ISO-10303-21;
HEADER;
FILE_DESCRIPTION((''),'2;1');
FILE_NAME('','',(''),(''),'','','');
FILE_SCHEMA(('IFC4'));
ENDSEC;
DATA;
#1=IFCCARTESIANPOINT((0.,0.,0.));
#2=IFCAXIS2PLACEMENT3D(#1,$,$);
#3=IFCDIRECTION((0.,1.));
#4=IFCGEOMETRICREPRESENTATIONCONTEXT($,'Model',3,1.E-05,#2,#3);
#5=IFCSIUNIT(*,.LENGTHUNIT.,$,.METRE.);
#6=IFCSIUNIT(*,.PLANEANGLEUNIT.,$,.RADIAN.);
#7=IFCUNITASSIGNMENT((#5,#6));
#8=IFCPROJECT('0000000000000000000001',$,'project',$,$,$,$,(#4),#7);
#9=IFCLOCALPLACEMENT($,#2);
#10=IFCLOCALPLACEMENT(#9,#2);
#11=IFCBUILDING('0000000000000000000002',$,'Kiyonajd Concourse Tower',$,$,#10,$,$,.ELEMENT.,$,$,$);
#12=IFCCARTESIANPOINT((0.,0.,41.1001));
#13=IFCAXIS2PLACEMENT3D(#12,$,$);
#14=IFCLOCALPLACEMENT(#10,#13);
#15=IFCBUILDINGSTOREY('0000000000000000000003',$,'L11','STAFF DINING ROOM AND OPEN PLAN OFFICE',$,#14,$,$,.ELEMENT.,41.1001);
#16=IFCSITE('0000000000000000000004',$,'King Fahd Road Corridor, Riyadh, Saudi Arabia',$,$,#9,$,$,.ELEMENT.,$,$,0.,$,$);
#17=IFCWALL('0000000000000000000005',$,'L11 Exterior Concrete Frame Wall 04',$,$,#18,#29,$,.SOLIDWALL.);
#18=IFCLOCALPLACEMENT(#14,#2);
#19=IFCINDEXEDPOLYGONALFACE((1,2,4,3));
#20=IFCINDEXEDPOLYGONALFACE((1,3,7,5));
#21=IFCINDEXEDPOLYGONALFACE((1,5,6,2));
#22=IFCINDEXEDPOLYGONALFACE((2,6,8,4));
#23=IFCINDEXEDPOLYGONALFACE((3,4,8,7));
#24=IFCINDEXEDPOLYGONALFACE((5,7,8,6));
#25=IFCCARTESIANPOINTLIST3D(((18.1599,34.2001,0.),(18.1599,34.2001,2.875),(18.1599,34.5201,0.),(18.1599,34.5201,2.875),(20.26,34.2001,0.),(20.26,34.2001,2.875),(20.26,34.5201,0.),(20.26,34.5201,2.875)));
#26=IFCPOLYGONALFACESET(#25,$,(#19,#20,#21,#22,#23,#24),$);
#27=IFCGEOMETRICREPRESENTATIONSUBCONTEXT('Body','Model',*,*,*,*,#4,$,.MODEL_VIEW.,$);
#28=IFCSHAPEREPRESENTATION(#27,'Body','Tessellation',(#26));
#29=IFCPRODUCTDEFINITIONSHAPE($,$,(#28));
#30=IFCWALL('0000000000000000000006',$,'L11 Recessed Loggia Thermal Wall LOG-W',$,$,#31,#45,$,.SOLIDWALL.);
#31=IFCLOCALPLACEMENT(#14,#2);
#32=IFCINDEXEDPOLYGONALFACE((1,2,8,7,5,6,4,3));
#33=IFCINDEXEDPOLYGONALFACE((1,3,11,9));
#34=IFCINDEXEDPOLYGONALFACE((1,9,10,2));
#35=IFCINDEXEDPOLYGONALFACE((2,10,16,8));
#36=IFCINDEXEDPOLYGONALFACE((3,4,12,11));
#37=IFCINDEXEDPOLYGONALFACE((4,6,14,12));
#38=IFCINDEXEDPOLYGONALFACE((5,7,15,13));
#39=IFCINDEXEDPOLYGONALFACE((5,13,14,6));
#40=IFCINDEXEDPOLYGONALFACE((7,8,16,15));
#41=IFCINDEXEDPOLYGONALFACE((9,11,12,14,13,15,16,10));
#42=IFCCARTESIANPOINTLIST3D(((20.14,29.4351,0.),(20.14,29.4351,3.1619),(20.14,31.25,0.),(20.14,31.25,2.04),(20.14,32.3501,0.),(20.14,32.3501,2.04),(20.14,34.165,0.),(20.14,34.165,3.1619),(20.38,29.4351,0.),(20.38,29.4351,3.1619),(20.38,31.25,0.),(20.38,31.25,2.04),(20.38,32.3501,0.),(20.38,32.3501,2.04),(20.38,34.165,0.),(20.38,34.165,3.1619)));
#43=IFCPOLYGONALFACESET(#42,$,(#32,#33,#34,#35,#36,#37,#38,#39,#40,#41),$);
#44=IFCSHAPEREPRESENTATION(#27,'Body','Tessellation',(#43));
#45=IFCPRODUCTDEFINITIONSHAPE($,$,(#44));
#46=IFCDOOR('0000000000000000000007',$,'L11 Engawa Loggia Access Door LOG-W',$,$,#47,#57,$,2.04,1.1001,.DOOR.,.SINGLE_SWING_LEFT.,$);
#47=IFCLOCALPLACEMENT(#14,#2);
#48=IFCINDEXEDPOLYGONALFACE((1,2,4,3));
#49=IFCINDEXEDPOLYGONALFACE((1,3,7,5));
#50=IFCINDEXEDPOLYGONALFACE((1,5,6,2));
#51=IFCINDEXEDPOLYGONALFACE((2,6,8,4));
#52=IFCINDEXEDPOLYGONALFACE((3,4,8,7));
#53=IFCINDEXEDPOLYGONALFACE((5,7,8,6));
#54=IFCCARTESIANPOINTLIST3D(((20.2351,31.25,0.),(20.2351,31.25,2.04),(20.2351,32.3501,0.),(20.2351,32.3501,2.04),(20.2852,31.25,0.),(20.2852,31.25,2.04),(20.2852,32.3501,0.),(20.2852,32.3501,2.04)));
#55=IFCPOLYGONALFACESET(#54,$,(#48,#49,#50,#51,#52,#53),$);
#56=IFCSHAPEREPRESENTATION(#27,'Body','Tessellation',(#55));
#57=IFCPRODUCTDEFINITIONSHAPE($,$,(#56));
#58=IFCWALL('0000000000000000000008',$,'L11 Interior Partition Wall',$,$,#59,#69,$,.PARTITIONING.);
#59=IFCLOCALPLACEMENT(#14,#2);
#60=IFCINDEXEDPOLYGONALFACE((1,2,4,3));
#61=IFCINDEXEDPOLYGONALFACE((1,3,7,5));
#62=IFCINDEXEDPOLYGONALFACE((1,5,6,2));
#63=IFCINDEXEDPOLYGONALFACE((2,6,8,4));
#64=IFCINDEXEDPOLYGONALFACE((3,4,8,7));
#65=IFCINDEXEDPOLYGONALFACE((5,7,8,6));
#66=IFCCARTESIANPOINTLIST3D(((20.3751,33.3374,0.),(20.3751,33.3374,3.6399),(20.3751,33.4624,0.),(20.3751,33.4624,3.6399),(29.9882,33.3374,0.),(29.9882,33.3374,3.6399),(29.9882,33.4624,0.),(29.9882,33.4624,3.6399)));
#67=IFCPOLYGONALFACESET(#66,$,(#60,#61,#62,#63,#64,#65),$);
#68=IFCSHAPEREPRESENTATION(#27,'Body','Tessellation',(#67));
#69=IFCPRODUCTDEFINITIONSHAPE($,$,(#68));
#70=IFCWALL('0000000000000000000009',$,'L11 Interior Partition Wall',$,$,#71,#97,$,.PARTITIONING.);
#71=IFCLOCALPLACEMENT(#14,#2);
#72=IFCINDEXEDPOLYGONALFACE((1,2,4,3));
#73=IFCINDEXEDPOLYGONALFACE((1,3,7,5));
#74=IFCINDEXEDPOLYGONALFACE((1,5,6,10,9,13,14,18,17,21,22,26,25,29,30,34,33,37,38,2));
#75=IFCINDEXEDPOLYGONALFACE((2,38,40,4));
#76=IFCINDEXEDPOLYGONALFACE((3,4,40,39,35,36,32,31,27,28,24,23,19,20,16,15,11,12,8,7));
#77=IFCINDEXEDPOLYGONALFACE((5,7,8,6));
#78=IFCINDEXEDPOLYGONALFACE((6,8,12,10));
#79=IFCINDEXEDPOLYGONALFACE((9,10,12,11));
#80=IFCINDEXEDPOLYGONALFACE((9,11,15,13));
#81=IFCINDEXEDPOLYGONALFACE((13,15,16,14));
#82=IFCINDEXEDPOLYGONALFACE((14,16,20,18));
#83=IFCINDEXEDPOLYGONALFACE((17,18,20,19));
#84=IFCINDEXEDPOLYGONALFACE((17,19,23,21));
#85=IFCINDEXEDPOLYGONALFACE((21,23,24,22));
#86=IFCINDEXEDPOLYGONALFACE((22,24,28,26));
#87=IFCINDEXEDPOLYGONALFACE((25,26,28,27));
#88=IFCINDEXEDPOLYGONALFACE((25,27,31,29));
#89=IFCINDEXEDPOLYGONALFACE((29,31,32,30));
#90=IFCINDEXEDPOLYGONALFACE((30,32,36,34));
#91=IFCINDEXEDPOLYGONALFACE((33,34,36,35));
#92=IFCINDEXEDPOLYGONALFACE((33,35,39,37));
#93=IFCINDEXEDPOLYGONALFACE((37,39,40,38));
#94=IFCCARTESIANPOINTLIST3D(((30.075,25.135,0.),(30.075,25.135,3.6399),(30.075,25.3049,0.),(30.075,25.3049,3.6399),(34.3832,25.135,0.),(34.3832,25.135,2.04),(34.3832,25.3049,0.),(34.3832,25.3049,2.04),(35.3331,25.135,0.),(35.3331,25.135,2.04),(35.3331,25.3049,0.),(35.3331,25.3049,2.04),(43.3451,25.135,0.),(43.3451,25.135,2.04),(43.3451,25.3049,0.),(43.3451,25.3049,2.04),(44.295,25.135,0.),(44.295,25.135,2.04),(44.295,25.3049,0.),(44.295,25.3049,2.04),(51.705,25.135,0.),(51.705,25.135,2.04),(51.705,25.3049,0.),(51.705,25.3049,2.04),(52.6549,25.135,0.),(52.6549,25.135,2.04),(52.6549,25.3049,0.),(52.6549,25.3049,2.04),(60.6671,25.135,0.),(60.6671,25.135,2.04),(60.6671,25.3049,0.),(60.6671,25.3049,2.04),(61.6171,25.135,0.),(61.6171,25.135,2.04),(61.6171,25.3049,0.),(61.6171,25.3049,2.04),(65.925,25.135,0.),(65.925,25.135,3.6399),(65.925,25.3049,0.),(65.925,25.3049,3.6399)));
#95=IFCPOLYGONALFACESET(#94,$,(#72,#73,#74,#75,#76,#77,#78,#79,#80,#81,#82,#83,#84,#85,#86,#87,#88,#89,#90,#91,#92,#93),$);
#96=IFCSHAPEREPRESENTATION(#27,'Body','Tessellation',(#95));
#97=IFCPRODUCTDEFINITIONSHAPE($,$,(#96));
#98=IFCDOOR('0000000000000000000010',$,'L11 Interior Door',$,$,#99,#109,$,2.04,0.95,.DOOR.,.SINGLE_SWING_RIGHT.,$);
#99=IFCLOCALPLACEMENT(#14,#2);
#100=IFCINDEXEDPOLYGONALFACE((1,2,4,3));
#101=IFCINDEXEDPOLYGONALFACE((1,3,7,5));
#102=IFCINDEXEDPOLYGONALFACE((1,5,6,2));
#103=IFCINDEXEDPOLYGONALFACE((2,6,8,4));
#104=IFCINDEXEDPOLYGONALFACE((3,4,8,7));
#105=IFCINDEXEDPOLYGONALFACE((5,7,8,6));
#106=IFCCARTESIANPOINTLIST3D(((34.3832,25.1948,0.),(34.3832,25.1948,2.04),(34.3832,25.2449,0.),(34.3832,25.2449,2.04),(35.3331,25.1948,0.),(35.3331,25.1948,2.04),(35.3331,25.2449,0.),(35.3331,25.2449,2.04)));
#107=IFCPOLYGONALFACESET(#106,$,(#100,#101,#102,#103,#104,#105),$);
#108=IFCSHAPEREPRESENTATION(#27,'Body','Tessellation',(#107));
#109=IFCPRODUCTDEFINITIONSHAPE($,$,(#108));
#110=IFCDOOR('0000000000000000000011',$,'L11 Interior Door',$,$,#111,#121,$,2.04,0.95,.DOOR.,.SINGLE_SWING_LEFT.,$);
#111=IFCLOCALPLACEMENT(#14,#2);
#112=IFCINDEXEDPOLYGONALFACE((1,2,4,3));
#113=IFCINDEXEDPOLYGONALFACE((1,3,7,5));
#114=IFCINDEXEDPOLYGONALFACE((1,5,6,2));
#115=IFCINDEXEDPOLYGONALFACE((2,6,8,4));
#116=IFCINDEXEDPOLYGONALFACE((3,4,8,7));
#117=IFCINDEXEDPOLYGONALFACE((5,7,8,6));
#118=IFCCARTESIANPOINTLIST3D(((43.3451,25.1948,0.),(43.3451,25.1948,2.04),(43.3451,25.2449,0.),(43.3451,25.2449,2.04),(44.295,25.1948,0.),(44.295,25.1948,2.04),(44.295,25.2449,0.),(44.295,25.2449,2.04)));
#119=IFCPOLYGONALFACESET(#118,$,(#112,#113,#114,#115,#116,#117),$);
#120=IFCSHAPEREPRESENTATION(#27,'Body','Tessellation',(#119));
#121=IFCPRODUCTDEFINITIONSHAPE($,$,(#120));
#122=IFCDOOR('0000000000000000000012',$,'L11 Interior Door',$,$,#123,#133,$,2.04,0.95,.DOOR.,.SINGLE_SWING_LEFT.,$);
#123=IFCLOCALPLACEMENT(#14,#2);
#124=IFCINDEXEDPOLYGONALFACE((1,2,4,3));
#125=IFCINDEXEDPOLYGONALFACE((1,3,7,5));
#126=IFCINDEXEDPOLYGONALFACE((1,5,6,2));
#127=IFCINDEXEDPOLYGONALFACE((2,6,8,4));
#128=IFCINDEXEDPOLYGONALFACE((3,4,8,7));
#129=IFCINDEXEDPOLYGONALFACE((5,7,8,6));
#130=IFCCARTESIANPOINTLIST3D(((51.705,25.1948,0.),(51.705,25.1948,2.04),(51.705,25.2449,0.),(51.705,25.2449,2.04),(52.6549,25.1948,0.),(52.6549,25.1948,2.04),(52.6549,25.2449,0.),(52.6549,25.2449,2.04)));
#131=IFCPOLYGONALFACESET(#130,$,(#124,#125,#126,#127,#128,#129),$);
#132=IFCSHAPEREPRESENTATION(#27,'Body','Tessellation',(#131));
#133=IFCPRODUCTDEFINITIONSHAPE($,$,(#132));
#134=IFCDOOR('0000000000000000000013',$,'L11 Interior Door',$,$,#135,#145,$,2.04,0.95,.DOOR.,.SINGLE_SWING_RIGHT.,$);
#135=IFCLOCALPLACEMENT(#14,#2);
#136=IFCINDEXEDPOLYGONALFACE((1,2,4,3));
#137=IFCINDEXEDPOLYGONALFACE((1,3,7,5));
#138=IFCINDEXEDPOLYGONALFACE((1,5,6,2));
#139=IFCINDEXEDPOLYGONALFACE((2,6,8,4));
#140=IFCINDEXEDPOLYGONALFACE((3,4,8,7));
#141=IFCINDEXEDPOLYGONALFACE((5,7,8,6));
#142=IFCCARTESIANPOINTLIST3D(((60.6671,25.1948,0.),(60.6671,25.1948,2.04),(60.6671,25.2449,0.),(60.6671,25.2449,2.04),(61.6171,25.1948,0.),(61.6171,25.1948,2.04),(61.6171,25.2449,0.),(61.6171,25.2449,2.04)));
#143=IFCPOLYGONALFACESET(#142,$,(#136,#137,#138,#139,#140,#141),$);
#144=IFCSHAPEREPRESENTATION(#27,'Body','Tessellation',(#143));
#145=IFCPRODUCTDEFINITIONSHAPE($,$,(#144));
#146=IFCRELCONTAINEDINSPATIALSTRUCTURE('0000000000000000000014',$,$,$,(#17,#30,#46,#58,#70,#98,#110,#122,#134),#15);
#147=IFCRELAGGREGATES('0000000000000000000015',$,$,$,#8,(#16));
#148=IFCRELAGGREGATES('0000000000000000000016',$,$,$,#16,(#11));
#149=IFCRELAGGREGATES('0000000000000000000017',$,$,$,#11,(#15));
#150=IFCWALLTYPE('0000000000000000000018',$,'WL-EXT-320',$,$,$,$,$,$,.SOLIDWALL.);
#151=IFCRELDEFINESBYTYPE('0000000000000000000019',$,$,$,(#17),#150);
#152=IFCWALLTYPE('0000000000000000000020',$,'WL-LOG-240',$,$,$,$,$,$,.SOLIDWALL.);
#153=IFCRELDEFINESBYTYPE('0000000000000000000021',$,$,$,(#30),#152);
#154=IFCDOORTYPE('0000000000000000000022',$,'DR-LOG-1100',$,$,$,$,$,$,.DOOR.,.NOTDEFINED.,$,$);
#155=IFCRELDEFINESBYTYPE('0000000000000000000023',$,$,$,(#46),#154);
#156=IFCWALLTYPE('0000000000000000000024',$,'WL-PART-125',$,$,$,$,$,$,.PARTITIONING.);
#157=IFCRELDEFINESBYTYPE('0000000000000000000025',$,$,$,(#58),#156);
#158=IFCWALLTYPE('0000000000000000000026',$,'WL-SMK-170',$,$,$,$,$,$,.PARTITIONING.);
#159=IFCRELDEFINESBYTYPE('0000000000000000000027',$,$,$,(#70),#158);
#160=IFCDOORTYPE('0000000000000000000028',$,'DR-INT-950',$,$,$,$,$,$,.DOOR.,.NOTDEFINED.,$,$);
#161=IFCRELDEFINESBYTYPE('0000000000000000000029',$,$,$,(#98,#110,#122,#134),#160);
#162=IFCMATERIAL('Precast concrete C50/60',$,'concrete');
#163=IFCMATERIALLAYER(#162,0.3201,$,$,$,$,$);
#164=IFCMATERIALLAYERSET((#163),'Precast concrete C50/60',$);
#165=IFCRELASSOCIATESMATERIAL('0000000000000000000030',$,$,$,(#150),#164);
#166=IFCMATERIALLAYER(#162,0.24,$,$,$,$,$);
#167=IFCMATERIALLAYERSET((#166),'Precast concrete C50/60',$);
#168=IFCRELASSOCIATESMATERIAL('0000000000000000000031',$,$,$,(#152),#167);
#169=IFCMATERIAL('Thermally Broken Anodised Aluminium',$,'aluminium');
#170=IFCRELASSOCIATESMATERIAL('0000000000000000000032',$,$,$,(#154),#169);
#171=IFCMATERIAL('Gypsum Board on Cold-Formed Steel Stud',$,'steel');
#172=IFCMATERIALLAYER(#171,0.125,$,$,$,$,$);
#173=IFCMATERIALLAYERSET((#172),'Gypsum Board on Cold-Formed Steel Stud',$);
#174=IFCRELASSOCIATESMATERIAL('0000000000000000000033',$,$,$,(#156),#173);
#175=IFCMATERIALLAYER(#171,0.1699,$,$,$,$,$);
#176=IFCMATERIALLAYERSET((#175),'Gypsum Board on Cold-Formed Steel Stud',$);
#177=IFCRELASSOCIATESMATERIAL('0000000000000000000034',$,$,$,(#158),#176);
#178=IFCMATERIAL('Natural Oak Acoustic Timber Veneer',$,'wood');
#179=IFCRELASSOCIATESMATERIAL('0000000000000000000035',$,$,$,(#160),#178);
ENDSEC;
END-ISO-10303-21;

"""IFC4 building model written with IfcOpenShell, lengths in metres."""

from ifc_helpers import new_model, si_unit, direction, frame, frame_2d, origin, place, context, subcontext, project, spatial, rectangle, extrude, material, layer, layer_set, type_object, element, fill, save


model = new_model("IFC4")

# Units and contexts
model_context = context("Model", 3, precision=1e-05, world=origin(), true_north=direction((0.0, 1.0)))
body_context = subcontext(model_context, "Body", "Model", "MODEL_VIEW")
ifc_project = project(units=[si_unit("LENGTHUNIT", "METRE"), si_unit("PLANEANGLEUNIT", "RADIAN")], contexts=[model_context])

# Site, building, storey
site_placement = place(None, origin())
site = spatial("IfcSite", under=ifc_project, at=site_placement, Name="King Fahd Road Corridor, Riyadh, Saudi Arabia", CompositionType="ELEMENT", RefElevation=0.0)
building_placement = place(site_placement, origin())
building = spatial("IfcBuilding", under=site, at=building_placement, Name="Kiyonajd Concourse Tower", CompositionType="ELEMENT")
storey_placement = place(building_placement, frame((0.0, 0.0, 41.1001)))
storey = spatial("IfcBuildingStorey", under=building, at=storey_placement, Name="L11", Description="STAFF DINING ROOM AND OPEN PLAN OFFICE", CompositionType="ELEMENT", Elevation=41.1001)

# Shared definitions
ifc_material_1 = material(Name="Precast concrete C50/60", Category="concrete")

# Shared definitions
ifc_material_2 = material(Name="Thermally Broken Anodised Aluminium", Category="aluminium")

# Wall
ifc_layer_1 = layer(ifc_material_1, 0.3201)
ifc_layer_set_1 = layer_set([ifc_layer_1], Name="Precast concrete C50/60")
wall_type_1 = type_object("IfcWallType", Name="WL-EXT-320", PredefinedType="SOLIDWALL", material=ifc_layer_set_1)
wall_1_placement = place(storey_placement, frame((20.26, 34.3601, 0.0), z_axis=(0.0, 0.0, 1.0), x_axis=(-1.0, 0.0, 0.0)))
element("IfcWall", 1, at=wall_1_placement, inside=storey, type_object=wall_type_1, Name="L11 Exterior Concrete Frame Wall 04", PredefinedType="SOLIDWALL", context=body_context, shape_type="SweptSolid", body=[
    extrude(rectangle(XDim=2.1001, YDim=0.3201, at=frame_2d((1.05, 0.0))), origin(), (0.0, 0.0, 1.0), 2.875),
])

# Wall, opening, door
ifc_layer_2 = layer(ifc_material_1, 0.24)
ifc_layer_set_2 = layer_set([ifc_layer_2], Name="Precast concrete C50/60")
wall_type_2 = type_object("IfcWallType", Name="WL-LOG-240", PredefinedType="SOLIDWALL", material=ifc_layer_set_2)
wall_2_placement = place(storey_placement, frame((20.26, 29.4351, 0.0), z_axis=(0.0, 0.0, 1.0), x_axis=(0.0, 1.0, 0.0)))
wall_2 = element("IfcWall", 2, at=wall_2_placement, inside=storey, type_object=wall_type_2, Name="L11 Recessed Loggia Thermal Wall LOG-W", PredefinedType="SOLIDWALL", context=body_context, shape_type="SweptSolid", body=[
    extrude(rectangle(XDim=4.73, YDim=0.24, at=frame_2d((2.365, 0.0))), origin(), (0.0, 0.0, 1.0), 3.1619),
])
opening_1_placement = place(wall_2_placement, frame((1.8149, 0.0, 0.0)))
opening_1 = element("IfcOpeningElement", 3, at=opening_1_placement, cuts=wall_2, PredefinedType="OPENING", context=body_context, shape_type="SweptSolid", body=[
    extrude(rectangle(XDim=1.1001, YDim=2.04, at=frame_2d((0.55, 1.02))), frame((0.0, 0.1299, 0.0), z_axis=(0.0, -1.0, 0.0), x_axis=(1.0, 0.0, 0.0)), (0.0, 0.0, 1.0), 0.26),
])
door_type_1 = type_object("IfcDoorType", Name="DR-LOG-1100", OperationType="NOTDEFINED", PredefinedType="DOOR", material=ifc_material_2)
door_1_placement = place(opening_1_placement, origin())
door_1 = element("IfcDoor", 4, at=door_1_placement, inside=storey, type_object=door_type_1, Name="L11 Engawa Loggia Access Door LOG-W", OperationType="SINGLE_SWING_LEFT", OverallHeight=2.04, OverallWidth=1.1001, PredefinedType="DOOR", context=body_context, shape_type="SweptSolid", body=[
    extrude(rectangle(XDim=1.1001, YDim=2.04, at=frame_2d((0.55, 1.02))), frame((0.0, 0.0249, 0.0), z_axis=(0.0, -1.0, 0.0), x_axis=(1.0, 0.0, 0.0)), (0.0, 0.0, 1.0), 0.05),
])
fill(opening_1, door_1)

# Wall
ifc_material_3 = material(Name="Gypsum Board on Cold-Formed Steel Stud", Category="steel")
ifc_layer_3 = layer(ifc_material_3, 0.125)
ifc_layer_set_3 = layer_set([ifc_layer_3], Name="Gypsum Board on Cold-Formed Steel Stud")
wall_type_3 = type_object("IfcWallType", Name="WL-PART-125", PredefinedType="PARTITIONING", material=ifc_layer_set_3)
wall_3_placement = place(storey_placement, frame((20.375, 33.3999, 0.0), z_axis=(0.0, 0.0, 1.0), x_axis=(1.0, 0.0, 0.0)))
element("IfcWall", 5, at=wall_3_placement, inside=storey, type_object=wall_type_3, Name="L11 Interior Partition Wall", PredefinedType="PARTITIONING", context=body_context, shape_type="SweptSolid", body=[
    extrude(rectangle(XDim=9.613, YDim=0.125, at=frame_2d((4.8066, 0.0))), origin(), (0.0, 0.0, 1.0), 3.6399),
])

# Wall, openings, doors
ifc_layer_4 = layer(ifc_material_3, 0.1699)
ifc_layer_set_4 = layer_set([ifc_layer_4], Name="Gypsum Board on Cold-Formed Steel Stud")
wall_type_4 = type_object("IfcWallType", Name="WL-SMK-170", PredefinedType="PARTITIONING", material=ifc_layer_set_4)
wall_4_placement = place(storey_placement, frame((30.075, 25.22, 0.0), z_axis=(0.0, 0.0, 1.0), x_axis=(1.0, 0.0, 0.0)))
wall_4 = element("IfcWall", 6, at=wall_4_placement, inside=storey, type_object=wall_type_4, Name="L11 Interior Partition Wall", PredefinedType="PARTITIONING", context=body_context, shape_type="SweptSolid", body=[
    extrude(rectangle(XDim=35.8501, YDim=0.1699, at=frame_2d((17.925, 0.0))), origin(), (0.0, 0.0, 1.0), 3.6399),
])
opening_2_placement = place(wall_4_placement, frame((4.3081, 0.0, 0.0)))
opening_2 = element("IfcOpeningElement", 7, at=opening_2_placement, cuts=wall_4, PredefinedType="OPENING", context=body_context, shape_type="SweptSolid", body=[
    extrude(rectangle(XDim=0.95, YDim=2.04, at=frame_2d((0.4751, 1.02))), frame((0.0, 0.095, 0.0), z_axis=(0.0, -1.0, 0.0), x_axis=(1.0, 0.0, 0.0)), (0.0, 0.0, 1.0), 0.1899),
])
opening_3_placement = place(wall_4_placement, frame((13.27, 0.0, 0.0)))
opening_3 = element("IfcOpeningElement", 8, at=opening_3_placement, cuts=wall_4, PredefinedType="OPENING", context=body_context, shape_type="SweptSolid", body=[
    extrude(rectangle(XDim=0.95, YDim=2.04, at=frame_2d((0.4751, 1.02))), frame((0.0, 0.095, 0.0), z_axis=(0.0, -1.0, 0.0), x_axis=(1.0, 0.0, 0.0)), (0.0, 0.0, 1.0), 0.1899),
])
opening_4_placement = place(wall_4_placement, frame((21.6299, 0.0, 0.0)))
opening_4 = element("IfcOpeningElement", 9, at=opening_4_placement, cuts=wall_4, PredefinedType="OPENING", context=body_context, shape_type="SweptSolid", body=[
    extrude(rectangle(XDim=0.95, YDim=2.04, at=frame_2d((0.4751, 1.02))), frame((0.0, 0.095, 0.0), z_axis=(0.0, -1.0, 0.0), x_axis=(1.0, 0.0, 0.0)), (0.0, 0.0, 1.0), 0.1899),
])
opening_5_placement = place(wall_4_placement, frame((30.592, 0.0, 0.0)))
opening_5 = element("IfcOpeningElement", 10, at=opening_5_placement, cuts=wall_4, PredefinedType="OPENING", context=body_context, shape_type="SweptSolid", body=[
    extrude(rectangle(XDim=0.95, YDim=2.04, at=frame_2d((0.4751, 1.02))), frame((0.0, 0.095, 0.0), z_axis=(0.0, -1.0, 0.0), x_axis=(1.0, 0.0, 0.0)), (0.0, 0.0, 1.0), 0.1899),
])
ifc_material_4 = material(Name="Natural Oak Acoustic Timber Veneer", Category="wood")
door_type_2 = type_object("IfcDoorType", Name="DR-INT-950", OperationType="NOTDEFINED", PredefinedType="DOOR", material=ifc_material_4)
door_2_placement = place(opening_2_placement, origin())
door_2 = element("IfcDoor", 11, at=door_2_placement, inside=storey, type_object=door_type_2, Name="L11 Interior Door", OperationType="SINGLE_SWING_RIGHT", OverallHeight=2.04, OverallWidth=0.95, PredefinedType="DOOR", context=body_context, shape_type="SweptSolid", body=[
    extrude(rectangle(XDim=0.95, YDim=2.04, at=frame_2d((0.4751, 1.02))), frame((0.0, 0.0249, 0.0), z_axis=(0.0, -1.0, 0.0), x_axis=(1.0, 0.0, 0.0)), (0.0, 0.0, 1.0), 0.05),
])
fill(opening_2, door_2)
door_3_placement = place(opening_3_placement, origin())
door_3 = element("IfcDoor", 12, at=door_3_placement, inside=storey, type_object=door_type_2, Name="L11 Interior Door", OperationType="SINGLE_SWING_LEFT", OverallHeight=2.04, OverallWidth=0.95, PredefinedType="DOOR", context=body_context, shape_type="SweptSolid", body=[
    extrude(rectangle(XDim=0.95, YDim=2.04, at=frame_2d((0.4751, 1.02))), frame((0.0, 0.0249, 0.0), z_axis=(0.0, -1.0, 0.0), x_axis=(1.0, 0.0, 0.0)), (0.0, 0.0, 1.0), 0.05),
])
fill(opening_3, door_3)
door_4_placement = place(opening_4_placement, origin())
door_4 = element("IfcDoor", 13, at=door_4_placement, inside=storey, type_object=door_type_2, Name="L11 Interior Door", OperationType="SINGLE_SWING_LEFT", OverallHeight=2.04, OverallWidth=0.95, PredefinedType="DOOR", context=body_context, shape_type="SweptSolid", body=[
    extrude(rectangle(XDim=0.95, YDim=2.04, at=frame_2d((0.4751, 1.02))), frame((0.0, 0.0249, 0.0), z_axis=(0.0, -1.0, 0.0), x_axis=(1.0, 0.0, 0.0)), (0.0, 0.0, 1.0), 0.05),
])
fill(opening_4, door_4)
door_5_placement = place(opening_5_placement, origin())
door_5 = element("IfcDoor", 14, at=door_5_placement, inside=storey, type_object=door_type_2, Name="L11 Interior Door", OperationType="SINGLE_SWING_RIGHT", OverallHeight=2.04, OverallWidth=0.95, PredefinedType="DOOR", context=body_context, shape_type="SweptSolid", body=[
    extrude(rectangle(XDim=0.95, YDim=2.04, at=frame_2d((0.4751, 1.02))), frame((0.0, 0.0249, 0.0), z_axis=(0.0, -1.0, 0.0), x_axis=(1.0, 0.0, 0.0)), (0.0, 0.0, 1.0), 0.05),
])
fill(opening_5, door_5)

save(model, "model.ifc")
